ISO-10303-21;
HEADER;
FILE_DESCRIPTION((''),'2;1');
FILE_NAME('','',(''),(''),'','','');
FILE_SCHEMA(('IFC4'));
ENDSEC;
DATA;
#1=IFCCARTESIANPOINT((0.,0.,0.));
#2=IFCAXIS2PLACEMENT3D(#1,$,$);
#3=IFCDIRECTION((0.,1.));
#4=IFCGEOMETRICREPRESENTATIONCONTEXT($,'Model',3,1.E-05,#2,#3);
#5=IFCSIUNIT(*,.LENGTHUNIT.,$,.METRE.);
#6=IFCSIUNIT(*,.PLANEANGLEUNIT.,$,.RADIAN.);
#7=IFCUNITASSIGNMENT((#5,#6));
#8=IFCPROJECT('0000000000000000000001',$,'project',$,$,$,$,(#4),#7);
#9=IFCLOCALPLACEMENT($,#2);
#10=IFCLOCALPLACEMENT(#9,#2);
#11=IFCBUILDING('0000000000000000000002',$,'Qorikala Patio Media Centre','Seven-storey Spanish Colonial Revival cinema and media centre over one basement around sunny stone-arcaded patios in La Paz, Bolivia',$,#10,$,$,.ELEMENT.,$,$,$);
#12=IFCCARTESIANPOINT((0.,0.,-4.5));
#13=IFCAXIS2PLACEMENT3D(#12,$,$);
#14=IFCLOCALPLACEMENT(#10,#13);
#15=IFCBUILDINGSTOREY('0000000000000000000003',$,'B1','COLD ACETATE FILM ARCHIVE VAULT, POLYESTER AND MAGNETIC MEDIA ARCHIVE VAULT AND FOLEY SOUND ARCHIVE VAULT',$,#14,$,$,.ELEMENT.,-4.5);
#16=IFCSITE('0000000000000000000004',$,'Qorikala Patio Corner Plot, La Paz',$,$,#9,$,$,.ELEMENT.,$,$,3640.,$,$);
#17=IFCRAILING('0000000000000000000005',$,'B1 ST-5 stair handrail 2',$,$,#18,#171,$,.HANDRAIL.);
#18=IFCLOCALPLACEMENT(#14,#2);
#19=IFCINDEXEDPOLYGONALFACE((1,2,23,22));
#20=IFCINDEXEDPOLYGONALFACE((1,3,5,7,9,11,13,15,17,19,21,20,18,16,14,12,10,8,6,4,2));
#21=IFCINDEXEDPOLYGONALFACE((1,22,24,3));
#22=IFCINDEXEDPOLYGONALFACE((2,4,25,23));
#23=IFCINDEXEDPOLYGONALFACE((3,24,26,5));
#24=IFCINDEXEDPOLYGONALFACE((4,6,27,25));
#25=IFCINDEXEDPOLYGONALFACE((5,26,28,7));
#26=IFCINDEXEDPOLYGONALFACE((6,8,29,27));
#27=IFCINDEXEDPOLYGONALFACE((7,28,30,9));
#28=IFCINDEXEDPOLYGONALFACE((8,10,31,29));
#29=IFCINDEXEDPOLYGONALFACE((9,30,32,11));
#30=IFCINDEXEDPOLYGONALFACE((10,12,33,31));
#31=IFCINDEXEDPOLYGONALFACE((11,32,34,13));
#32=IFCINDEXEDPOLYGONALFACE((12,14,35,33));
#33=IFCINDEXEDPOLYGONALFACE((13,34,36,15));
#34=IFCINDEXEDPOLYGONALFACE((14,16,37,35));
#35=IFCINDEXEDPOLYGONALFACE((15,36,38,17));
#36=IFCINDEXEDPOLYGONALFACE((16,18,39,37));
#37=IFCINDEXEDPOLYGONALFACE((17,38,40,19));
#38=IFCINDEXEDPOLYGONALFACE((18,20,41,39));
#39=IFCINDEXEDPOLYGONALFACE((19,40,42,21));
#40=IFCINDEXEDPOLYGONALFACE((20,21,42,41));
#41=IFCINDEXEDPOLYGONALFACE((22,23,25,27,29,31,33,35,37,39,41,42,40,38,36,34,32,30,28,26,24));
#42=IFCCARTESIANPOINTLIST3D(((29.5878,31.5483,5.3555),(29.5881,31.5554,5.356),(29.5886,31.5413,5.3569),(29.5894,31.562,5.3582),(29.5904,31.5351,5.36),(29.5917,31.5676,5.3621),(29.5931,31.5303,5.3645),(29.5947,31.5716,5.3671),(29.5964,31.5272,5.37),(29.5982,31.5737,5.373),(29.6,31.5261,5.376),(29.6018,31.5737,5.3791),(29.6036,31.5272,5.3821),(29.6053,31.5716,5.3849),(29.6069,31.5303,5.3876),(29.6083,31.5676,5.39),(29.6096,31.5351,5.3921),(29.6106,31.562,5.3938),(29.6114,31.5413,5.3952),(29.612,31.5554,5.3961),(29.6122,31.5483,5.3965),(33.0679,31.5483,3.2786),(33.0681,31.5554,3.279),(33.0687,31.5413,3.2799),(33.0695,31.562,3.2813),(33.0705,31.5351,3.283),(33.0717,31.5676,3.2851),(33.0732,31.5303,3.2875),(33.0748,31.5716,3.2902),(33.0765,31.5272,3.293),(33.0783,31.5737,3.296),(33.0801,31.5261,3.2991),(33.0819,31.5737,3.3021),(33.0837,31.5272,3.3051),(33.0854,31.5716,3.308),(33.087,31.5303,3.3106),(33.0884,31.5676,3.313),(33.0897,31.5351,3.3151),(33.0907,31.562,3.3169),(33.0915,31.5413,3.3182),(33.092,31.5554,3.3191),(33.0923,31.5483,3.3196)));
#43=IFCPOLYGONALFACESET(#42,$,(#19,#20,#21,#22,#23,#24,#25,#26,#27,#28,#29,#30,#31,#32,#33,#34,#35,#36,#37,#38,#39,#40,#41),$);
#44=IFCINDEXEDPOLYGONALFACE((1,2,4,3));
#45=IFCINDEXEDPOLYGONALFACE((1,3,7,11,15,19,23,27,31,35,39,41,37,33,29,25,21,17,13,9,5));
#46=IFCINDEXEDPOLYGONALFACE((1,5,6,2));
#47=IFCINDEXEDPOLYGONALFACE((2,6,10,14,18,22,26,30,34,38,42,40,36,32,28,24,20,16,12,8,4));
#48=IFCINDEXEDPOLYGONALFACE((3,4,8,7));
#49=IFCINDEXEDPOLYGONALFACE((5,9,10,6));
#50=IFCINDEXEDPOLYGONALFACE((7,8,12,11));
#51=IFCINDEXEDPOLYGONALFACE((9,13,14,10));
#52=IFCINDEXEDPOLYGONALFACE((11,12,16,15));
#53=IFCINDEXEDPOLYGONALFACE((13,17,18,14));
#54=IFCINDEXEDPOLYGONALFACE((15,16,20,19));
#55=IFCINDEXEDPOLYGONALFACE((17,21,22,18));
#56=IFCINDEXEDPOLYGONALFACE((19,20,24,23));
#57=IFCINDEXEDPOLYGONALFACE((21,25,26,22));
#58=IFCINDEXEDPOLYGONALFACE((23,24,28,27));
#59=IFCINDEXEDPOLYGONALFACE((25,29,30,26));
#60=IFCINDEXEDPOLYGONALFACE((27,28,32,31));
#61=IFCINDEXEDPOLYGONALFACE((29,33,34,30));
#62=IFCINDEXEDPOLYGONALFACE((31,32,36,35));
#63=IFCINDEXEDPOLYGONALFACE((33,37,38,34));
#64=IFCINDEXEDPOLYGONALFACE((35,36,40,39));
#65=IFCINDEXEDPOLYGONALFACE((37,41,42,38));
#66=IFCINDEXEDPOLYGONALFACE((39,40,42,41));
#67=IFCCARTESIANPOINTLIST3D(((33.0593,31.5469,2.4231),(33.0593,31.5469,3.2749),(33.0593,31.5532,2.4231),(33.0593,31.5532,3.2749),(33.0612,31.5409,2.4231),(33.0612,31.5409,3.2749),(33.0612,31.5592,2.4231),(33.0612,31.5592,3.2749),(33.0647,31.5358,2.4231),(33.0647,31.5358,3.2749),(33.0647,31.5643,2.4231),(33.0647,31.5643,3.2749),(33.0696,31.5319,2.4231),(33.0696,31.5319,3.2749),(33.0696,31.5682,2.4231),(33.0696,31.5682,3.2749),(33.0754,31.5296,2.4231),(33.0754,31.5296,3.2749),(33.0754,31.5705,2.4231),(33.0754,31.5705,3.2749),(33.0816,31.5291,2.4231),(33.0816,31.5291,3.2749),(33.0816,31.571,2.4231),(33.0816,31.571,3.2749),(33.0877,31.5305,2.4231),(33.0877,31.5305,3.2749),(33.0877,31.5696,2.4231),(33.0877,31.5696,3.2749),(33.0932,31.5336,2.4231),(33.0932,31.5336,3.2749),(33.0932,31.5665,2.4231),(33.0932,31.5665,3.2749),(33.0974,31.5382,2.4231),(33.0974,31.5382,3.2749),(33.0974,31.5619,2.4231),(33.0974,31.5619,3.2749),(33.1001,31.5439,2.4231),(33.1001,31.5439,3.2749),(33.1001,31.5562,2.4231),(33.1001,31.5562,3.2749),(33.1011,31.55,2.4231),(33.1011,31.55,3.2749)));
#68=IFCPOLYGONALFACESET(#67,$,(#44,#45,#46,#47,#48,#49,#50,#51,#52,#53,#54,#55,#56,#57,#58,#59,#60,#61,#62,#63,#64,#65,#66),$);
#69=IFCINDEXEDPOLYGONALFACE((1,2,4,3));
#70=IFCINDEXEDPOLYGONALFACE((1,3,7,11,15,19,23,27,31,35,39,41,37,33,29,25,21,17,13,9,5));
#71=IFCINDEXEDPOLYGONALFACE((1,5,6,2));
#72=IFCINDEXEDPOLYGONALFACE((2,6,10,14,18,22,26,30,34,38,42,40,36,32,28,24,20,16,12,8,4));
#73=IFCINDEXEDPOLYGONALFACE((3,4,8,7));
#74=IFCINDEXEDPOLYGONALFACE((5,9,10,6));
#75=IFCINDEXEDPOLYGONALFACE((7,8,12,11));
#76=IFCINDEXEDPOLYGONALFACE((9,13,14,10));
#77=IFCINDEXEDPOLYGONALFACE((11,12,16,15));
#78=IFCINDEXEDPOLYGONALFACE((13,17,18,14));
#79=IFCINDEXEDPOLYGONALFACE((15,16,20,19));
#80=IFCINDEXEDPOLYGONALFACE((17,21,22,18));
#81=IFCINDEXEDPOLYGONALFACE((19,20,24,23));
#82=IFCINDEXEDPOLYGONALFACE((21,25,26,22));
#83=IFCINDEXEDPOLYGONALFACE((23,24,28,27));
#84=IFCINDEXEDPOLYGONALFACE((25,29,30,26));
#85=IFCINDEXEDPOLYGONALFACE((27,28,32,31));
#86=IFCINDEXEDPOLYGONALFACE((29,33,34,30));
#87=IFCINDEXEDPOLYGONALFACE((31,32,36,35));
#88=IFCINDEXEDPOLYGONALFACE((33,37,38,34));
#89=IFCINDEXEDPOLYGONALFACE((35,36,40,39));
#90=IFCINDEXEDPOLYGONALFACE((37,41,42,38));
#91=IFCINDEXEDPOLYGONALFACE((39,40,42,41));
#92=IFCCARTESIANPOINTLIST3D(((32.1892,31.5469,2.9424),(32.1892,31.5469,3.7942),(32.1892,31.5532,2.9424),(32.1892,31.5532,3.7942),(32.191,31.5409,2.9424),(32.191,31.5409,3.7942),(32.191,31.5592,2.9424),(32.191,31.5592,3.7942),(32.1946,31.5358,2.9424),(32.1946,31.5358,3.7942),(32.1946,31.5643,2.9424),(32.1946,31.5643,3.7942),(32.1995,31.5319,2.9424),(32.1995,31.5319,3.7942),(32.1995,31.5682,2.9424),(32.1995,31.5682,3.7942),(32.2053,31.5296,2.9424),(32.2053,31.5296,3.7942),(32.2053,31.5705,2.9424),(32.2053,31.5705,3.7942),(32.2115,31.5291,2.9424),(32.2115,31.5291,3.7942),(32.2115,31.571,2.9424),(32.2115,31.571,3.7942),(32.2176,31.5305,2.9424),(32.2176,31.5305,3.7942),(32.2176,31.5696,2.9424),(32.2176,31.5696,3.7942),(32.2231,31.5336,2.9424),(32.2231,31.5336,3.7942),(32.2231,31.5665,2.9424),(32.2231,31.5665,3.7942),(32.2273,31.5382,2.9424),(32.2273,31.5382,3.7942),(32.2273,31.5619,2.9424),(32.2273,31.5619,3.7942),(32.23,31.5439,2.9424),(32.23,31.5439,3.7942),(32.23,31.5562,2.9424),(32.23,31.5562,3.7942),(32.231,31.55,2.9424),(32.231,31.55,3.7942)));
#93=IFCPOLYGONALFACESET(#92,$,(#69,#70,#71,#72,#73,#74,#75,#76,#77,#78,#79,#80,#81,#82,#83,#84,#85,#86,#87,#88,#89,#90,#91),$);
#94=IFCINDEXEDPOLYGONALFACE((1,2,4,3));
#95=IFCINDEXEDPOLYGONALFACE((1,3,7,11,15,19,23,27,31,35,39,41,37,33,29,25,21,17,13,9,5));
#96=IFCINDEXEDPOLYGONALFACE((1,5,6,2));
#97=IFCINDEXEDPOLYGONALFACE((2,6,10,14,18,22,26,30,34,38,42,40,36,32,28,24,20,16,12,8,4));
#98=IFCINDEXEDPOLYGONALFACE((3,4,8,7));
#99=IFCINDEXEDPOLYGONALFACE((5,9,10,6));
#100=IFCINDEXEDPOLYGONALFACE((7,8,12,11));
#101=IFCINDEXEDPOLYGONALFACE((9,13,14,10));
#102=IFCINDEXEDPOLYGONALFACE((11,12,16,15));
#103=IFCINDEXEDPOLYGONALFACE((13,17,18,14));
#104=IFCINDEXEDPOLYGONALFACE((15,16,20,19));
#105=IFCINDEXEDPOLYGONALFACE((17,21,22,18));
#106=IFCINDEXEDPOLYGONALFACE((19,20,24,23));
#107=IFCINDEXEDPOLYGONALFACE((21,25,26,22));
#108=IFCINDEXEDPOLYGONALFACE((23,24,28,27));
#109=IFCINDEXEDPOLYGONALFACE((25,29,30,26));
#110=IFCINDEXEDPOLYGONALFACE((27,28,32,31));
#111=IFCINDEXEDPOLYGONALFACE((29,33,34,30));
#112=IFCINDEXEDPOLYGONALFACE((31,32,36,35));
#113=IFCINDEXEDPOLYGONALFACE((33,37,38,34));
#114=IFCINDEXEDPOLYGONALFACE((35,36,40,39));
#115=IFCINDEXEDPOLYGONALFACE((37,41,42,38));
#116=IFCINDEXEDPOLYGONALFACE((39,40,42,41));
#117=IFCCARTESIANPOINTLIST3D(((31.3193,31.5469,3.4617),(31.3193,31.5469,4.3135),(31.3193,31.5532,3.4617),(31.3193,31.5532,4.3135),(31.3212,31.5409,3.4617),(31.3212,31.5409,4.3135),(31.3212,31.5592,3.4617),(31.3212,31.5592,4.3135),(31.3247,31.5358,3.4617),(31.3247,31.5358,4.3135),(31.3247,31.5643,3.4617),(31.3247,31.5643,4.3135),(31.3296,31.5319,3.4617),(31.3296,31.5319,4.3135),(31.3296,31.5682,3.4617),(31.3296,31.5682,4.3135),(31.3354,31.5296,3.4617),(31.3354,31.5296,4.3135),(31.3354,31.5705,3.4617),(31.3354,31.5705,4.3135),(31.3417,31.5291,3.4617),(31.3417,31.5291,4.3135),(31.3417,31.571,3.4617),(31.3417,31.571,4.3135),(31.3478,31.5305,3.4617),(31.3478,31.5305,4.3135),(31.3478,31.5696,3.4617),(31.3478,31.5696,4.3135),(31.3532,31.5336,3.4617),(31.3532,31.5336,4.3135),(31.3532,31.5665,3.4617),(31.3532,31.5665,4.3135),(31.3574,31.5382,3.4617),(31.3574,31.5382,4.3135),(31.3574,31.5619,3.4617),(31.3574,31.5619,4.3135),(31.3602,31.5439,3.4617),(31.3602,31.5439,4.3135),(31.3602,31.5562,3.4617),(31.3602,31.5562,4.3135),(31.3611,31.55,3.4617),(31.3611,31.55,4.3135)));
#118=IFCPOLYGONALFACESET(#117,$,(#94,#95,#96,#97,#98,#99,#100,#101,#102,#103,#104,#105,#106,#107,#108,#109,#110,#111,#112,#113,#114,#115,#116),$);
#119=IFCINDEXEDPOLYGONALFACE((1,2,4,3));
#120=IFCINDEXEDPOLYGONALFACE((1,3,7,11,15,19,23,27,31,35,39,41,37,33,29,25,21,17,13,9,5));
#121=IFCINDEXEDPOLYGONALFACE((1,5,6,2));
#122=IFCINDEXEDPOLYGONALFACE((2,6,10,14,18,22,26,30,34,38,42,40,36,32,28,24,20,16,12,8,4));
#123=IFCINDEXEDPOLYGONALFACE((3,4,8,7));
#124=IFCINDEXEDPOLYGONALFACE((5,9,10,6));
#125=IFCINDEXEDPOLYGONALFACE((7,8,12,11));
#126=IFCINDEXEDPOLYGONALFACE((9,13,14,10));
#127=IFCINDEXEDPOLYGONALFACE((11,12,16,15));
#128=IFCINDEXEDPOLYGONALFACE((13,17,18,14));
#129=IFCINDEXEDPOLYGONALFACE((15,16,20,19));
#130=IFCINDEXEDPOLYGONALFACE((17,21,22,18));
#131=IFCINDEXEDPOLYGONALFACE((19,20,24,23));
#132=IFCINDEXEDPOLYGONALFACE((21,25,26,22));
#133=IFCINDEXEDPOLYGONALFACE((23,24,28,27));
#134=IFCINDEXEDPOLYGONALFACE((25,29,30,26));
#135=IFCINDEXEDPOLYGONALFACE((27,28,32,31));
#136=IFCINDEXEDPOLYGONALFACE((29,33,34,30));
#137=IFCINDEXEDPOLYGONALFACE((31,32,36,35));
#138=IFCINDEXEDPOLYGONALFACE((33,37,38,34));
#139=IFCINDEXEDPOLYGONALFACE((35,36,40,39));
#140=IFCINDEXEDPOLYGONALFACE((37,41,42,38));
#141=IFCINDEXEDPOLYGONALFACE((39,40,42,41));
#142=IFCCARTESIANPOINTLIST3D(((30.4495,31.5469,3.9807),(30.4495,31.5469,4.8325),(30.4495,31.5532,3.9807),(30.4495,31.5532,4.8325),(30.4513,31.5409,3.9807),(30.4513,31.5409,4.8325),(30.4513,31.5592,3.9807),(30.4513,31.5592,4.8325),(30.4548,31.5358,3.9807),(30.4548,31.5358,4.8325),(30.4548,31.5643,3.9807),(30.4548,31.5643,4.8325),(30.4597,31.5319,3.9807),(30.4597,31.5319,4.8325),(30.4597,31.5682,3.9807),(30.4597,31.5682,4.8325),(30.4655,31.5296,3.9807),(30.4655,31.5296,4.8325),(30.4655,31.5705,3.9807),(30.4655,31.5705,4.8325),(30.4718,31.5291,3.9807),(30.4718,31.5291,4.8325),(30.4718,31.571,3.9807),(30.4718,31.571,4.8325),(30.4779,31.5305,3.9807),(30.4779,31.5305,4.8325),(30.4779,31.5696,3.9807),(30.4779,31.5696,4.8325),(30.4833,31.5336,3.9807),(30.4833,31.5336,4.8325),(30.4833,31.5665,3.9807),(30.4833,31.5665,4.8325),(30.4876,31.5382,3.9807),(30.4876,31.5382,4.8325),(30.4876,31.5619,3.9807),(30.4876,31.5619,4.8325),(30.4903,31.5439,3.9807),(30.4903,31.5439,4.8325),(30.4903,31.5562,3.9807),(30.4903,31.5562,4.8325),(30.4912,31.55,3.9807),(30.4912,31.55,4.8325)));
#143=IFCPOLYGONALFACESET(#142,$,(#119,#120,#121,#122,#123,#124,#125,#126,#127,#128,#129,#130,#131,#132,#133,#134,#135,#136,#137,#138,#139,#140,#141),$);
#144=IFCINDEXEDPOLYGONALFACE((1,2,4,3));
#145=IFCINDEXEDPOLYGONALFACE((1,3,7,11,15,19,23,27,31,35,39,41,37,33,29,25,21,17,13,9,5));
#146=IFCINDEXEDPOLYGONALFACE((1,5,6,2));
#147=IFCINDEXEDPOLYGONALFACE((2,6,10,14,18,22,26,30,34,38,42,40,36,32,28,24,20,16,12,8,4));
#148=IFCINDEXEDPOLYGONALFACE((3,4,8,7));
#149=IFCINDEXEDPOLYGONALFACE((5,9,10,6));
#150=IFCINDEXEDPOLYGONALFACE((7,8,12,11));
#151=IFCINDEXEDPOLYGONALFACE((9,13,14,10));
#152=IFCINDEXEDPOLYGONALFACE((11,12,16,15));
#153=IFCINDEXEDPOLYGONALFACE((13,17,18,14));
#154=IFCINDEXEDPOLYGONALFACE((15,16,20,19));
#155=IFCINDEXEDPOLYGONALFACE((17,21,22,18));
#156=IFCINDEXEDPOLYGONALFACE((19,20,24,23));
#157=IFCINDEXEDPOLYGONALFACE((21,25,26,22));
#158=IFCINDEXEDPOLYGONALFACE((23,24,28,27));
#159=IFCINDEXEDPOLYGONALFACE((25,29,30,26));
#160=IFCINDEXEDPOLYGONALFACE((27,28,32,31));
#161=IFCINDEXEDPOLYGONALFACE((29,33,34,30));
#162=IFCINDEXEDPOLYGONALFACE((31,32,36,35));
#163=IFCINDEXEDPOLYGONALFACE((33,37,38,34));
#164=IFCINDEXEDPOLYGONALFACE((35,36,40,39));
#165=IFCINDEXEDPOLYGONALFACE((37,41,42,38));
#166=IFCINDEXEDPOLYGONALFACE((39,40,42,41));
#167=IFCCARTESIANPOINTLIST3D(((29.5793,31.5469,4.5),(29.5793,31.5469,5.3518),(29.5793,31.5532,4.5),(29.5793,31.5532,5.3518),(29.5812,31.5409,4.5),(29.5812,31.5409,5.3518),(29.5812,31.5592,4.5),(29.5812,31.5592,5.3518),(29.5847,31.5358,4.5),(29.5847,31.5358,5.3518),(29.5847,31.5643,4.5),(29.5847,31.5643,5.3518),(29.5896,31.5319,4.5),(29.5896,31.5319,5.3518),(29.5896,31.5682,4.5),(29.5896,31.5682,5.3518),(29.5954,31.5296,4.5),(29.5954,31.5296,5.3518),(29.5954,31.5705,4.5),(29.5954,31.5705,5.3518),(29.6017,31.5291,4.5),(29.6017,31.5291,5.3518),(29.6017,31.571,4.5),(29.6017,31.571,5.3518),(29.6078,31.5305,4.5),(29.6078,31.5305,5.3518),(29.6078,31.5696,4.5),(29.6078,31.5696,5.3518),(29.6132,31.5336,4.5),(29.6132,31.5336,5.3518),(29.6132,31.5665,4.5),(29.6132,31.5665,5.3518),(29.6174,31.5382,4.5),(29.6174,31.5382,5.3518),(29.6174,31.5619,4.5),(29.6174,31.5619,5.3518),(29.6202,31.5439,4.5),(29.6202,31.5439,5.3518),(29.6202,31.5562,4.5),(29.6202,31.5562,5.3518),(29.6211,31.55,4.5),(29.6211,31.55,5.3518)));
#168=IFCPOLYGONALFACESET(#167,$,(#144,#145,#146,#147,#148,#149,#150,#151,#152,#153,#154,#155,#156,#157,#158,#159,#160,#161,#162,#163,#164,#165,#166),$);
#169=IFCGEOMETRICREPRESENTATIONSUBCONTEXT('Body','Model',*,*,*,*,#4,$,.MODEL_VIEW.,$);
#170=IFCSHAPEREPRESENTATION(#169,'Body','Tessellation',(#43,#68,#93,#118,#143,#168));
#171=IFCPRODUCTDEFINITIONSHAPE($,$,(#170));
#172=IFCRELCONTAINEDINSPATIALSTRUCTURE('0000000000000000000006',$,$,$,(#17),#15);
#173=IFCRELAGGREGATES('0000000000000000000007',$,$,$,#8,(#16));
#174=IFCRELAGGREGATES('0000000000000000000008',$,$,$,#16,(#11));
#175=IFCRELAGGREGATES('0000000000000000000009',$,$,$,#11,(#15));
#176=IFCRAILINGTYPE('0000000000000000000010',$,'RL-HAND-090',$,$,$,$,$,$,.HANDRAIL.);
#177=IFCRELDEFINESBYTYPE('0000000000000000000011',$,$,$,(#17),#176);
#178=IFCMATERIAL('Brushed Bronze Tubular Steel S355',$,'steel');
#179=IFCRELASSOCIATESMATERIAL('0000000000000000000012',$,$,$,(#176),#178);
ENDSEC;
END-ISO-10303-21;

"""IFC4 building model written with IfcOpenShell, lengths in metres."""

from ifc_helpers import new_model, si_unit, direction, frame, origin, origin_2d, place, context, subcontext, project, spatial, circle, extrude, material, type_object, element, save


model = new_model("IFC4")

# Units and contexts
model_context = context("Model", 3, precision=1e-05, world=origin(), true_north=direction((0.0, 1.0)))
body_context = subcontext(model_context, "Body", "Model", "MODEL_VIEW")
ifc_project = project(units=[si_unit("LENGTHUNIT", "METRE"), si_unit("PLANEANGLEUNIT", "RADIAN")], contexts=[model_context])

# Site, building, storey
site_placement = place(None, origin())
site = spatial("IfcSite", under=ifc_project, at=site_placement, Name="Qorikala Patio Corner Plot, La Paz", CompositionType="ELEMENT", RefElevation=3640.0)
building_placement = place(site_placement, origin())
building = spatial("IfcBuilding", under=site, at=building_placement, Name="Qorikala Patio Media Centre", Description="Seven-storey Spanish Colonial Revival cinema and media centre over one basement around sunny stone-arcaded patios in La Paz, Bolivia", CompositionType="ELEMENT")
storey_placement = place(building_placement, frame((0.0, 0.0, -4.5)))
storey = spatial("IfcBuildingStorey", under=building, at=storey_placement, Name="B1", Description="COLD ACETATE FILM ARCHIVE VAULT, POLYESTER AND MAGNETIC MEDIA ARCHIVE VAULT AND FOLEY SOUND ARCHIVE VAULT", CompositionType="ELEMENT", Elevation=-4.5)

# Railing
ifc_material_1 = material(Name="Brushed Bronze Tubular Steel S355", Category="steel")
railing_type_1 = type_object("IfcRailingType", Name="RL-HAND-090", PredefinedType="HANDRAIL", material=ifc_material_1)
railing_1_placement = place(storey_placement, frame((33.0801, 31.55, 2.4231)))
element("IfcRailing", 1, at=railing_1_placement, inside=storey, type_object=railing_type_1, Name="B1 ST-5 stair handrail 2", PredefinedType="HANDRAIL", context=body_context, shape_type="SweptSolid", body=[
    extrude(circle(Radius=0.0239, at=origin_2d()), frame((0.0, 0.0, 0.876), z_axis=(-0.858697, 0.0, 0.512483), x_axis=(0.0, -1.0, 0.0)), (0.0, 0.0, 1.0), 4.0527),
    extrude(circle(Radius=0.021, at=origin_2d()), origin(), (0.0, 0.0, 1.0), 0.8518),
    extrude(circle(Radius=0.021, at=origin_2d()), frame((-0.8701, 0.0, 0.5193)), (0.0, 0.0, 1.0), 0.8518),
    extrude(circle(Radius=0.021, at=origin_2d()), frame((-1.74, 0.0, 1.0386)), (0.0, 0.0, 1.0), 0.8518),
    extrude(circle(Radius=0.021, at=origin_2d()), frame((-2.6099, 0.0, 1.5576)), (0.0, 0.0, 1.0), 0.8518),
    extrude(circle(Radius=0.021, at=origin_2d()), frame((-3.48, 0.0, 2.0769)), (0.0, 0.0, 1.0), 0.8518),
])

save(model, "model.ifc")
